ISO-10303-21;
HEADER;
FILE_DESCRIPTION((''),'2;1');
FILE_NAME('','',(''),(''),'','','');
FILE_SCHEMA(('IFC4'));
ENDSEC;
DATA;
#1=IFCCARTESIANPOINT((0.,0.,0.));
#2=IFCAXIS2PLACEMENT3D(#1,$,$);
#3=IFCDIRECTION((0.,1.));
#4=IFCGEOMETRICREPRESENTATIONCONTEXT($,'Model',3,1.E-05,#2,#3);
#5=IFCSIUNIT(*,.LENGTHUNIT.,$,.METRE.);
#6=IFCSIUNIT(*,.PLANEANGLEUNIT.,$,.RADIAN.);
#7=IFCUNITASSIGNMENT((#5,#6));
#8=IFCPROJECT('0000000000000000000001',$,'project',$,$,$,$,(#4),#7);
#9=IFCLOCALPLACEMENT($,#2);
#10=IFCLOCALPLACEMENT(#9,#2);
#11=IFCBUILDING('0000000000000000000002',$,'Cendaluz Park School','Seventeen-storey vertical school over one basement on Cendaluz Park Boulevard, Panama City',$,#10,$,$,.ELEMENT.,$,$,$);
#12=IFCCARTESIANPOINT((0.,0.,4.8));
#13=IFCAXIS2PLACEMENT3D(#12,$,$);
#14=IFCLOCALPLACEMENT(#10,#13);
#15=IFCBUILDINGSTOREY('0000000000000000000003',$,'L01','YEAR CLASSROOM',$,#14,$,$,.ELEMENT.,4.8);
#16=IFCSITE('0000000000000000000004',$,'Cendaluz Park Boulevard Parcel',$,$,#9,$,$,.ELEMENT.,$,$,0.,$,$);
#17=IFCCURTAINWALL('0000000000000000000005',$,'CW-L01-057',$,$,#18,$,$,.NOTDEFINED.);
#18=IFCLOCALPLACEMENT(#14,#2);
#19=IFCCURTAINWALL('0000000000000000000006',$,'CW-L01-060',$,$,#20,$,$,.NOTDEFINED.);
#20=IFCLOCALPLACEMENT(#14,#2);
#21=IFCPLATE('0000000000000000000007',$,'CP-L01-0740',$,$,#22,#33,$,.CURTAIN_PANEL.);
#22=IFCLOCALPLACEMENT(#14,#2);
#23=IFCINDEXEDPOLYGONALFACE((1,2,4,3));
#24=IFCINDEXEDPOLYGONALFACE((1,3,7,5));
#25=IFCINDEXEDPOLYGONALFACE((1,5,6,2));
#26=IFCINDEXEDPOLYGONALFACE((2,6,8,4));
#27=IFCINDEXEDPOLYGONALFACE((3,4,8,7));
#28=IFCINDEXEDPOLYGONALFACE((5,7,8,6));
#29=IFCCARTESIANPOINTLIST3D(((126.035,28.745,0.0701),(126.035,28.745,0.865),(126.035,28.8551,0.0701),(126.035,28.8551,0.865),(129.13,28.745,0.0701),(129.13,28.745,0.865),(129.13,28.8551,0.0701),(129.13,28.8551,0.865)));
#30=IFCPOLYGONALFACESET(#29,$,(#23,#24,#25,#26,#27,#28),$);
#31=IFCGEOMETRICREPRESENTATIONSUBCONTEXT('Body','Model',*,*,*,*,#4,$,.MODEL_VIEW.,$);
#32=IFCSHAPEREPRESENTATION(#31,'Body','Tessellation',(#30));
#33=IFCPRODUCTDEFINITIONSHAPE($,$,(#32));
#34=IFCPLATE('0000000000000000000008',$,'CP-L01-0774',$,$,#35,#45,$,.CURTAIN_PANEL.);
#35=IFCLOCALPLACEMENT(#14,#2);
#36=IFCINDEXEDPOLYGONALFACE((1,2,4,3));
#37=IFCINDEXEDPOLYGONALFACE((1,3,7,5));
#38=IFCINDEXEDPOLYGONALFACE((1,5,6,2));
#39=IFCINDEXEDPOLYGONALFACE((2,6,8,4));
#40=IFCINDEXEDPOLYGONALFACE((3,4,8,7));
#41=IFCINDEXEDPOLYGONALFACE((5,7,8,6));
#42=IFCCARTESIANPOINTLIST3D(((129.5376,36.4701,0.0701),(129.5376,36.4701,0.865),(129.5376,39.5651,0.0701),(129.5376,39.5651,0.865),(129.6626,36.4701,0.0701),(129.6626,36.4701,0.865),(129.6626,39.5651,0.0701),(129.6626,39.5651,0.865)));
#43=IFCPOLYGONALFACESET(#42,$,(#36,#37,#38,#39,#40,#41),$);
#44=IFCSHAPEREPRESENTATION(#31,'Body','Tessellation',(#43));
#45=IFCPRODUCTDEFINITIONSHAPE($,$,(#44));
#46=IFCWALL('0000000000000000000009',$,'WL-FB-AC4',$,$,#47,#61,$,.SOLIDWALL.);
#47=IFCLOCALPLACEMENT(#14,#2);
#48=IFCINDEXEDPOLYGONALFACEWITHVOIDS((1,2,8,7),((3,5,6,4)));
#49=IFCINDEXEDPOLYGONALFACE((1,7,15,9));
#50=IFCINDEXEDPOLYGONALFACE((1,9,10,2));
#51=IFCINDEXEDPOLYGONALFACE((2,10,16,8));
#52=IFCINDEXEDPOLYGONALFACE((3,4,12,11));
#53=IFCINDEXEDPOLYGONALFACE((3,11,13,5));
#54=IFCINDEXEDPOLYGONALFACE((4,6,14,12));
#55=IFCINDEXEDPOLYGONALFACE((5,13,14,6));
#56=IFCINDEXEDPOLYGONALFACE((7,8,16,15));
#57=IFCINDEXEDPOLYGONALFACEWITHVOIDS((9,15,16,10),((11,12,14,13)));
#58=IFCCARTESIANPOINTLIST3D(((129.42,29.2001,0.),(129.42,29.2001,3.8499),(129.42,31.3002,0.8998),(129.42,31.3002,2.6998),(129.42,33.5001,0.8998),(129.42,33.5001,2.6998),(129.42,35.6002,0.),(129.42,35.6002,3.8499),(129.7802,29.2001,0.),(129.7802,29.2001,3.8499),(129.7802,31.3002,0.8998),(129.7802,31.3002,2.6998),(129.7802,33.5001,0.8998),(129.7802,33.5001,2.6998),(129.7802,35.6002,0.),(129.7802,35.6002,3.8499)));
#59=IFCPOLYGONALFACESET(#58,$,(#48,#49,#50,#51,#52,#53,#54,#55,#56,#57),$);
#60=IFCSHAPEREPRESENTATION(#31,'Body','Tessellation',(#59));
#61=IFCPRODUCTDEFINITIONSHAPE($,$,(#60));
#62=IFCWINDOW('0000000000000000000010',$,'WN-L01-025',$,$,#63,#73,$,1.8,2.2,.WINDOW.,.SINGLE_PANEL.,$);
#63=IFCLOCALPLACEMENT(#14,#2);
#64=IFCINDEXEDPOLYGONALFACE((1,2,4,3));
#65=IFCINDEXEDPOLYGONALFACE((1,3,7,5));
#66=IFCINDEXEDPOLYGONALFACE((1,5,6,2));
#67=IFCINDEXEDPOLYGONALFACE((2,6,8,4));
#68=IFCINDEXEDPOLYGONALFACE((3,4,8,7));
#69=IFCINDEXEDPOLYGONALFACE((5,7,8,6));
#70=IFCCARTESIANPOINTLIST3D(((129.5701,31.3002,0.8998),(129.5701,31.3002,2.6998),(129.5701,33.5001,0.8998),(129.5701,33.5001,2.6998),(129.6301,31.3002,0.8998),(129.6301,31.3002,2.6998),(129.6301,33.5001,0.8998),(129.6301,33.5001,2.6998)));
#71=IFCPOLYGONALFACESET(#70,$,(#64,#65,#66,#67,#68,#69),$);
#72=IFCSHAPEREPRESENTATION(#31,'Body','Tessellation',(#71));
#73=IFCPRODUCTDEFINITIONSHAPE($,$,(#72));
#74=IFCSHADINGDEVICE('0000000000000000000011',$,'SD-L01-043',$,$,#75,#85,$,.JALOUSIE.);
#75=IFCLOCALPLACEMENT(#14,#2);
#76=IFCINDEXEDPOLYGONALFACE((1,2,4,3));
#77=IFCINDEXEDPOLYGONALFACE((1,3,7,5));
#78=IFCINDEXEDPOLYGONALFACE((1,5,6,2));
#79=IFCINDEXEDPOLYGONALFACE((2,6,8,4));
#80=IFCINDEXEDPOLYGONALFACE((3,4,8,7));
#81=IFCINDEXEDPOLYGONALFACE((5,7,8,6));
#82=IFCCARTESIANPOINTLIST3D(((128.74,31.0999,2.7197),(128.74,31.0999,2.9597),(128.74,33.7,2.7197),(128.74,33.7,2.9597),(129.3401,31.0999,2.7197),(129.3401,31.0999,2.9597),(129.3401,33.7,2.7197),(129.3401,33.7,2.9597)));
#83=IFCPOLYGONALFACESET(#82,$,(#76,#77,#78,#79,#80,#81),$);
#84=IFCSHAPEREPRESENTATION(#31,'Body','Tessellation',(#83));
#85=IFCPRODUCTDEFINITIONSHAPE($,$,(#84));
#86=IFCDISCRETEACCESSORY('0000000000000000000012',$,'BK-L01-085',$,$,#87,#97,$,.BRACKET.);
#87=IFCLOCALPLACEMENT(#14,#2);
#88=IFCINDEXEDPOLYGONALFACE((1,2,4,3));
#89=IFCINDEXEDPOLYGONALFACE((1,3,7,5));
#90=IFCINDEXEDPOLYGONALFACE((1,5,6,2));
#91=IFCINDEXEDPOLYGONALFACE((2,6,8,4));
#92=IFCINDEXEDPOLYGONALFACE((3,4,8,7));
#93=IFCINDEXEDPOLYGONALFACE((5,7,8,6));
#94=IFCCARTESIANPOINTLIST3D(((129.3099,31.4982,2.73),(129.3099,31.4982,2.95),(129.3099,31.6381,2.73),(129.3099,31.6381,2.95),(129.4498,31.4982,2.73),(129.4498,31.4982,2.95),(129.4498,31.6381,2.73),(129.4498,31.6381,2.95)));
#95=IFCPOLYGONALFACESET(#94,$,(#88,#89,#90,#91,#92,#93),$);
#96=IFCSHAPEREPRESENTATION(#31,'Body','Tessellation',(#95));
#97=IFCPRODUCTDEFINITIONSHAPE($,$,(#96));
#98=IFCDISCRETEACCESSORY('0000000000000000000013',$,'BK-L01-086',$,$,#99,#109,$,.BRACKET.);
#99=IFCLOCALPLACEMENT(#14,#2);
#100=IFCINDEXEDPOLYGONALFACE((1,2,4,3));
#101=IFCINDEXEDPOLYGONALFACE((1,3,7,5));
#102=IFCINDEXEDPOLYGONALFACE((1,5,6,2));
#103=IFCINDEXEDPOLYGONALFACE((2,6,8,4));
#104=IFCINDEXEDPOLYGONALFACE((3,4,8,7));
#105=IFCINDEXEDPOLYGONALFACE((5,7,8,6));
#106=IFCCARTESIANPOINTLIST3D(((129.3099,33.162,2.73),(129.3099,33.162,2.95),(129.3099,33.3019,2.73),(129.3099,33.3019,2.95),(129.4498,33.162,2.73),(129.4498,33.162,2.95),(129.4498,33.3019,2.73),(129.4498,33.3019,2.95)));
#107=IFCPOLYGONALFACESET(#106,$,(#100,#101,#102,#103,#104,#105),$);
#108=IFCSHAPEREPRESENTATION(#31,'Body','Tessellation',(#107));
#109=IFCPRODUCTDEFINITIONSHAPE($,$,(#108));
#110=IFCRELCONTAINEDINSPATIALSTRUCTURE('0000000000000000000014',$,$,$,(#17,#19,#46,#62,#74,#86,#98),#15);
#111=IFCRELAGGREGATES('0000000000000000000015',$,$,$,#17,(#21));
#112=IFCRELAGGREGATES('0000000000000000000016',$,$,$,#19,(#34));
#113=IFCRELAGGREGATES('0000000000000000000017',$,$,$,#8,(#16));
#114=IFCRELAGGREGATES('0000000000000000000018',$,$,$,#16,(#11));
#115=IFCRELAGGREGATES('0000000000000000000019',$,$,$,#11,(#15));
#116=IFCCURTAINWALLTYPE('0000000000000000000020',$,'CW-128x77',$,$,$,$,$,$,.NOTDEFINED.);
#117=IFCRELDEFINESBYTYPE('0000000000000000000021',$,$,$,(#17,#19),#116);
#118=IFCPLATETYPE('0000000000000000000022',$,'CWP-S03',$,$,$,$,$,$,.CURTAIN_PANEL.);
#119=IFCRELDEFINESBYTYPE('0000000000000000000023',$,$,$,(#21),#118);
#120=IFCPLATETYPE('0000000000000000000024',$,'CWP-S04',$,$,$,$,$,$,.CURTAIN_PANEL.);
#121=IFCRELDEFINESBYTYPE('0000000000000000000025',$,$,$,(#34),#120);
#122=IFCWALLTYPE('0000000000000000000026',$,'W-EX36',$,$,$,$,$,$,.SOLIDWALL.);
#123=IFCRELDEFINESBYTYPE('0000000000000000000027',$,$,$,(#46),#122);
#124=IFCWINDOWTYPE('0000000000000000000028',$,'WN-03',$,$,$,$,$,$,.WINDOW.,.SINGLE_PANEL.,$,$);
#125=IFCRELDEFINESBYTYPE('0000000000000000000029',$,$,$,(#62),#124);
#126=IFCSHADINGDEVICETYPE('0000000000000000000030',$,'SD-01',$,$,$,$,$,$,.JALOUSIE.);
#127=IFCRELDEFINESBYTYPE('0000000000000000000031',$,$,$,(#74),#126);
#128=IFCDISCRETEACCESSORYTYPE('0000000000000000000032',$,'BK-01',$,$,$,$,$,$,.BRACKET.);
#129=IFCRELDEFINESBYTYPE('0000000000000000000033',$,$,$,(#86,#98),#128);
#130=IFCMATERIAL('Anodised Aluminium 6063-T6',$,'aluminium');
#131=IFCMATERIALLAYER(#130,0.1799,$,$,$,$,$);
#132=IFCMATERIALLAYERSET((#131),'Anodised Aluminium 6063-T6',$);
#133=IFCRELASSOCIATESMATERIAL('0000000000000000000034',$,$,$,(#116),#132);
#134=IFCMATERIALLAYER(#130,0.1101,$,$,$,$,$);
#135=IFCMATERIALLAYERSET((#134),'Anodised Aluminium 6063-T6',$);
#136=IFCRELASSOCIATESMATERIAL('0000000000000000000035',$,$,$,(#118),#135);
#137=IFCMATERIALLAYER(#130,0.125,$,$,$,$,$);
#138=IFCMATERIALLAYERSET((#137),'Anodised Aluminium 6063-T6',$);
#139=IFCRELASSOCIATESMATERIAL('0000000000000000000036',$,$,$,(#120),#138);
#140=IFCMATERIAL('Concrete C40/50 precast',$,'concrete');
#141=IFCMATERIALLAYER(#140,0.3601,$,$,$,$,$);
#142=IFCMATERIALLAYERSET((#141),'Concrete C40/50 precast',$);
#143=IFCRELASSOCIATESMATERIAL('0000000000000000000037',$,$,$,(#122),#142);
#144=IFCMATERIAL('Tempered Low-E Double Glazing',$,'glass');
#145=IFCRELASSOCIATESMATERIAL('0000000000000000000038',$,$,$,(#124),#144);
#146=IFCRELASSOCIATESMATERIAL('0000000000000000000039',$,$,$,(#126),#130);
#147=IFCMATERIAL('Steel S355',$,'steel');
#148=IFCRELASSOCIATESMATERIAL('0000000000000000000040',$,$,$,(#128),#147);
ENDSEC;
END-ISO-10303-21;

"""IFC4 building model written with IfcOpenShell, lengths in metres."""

from ifc_helpers import new_model, si_unit, direction, frame, frame_2d, origin, origin_2d, place, context, subcontext, project, spatial, rectangle, extrude, material, layer, layer_set, type_object, element, fill, aggregate, save


model = new_model("IFC4")

# Units and contexts
model_context = context("Model", 3, precision=1e-05, world=origin(), true_north=direction((0.0, 1.0)))
body_context = subcontext(model_context, "Body", "Model", "MODEL_VIEW")
ifc_project = project(units=[si_unit("LENGTHUNIT", "METRE"), si_unit("PLANEANGLEUNIT", "RADIAN")], contexts=[model_context])

# Site, building, storey
site_placement = place(None, origin())
site = spatial("IfcSite", under=ifc_project, at=site_placement, Name="Cendaluz Park Boulevard Parcel", CompositionType="ELEMENT", RefElevation=0.0)
building_placement = place(site_placement, origin())
building = spatial("IfcBuilding", under=site, at=building_placement, Name="Cendaluz Park School", Description="Seventeen-storey vertical school over one basement on Cendaluz Park Boulevard, Panama City", CompositionType="ELEMENT")
storey_placement = place(building_placement, frame((0.0, 0.0, 4.8)))
storey = spatial("IfcBuildingStorey", under=building, at=storey_placement, Name="L01", Description="YEAR CLASSROOM", CompositionType="ELEMENT", Elevation=4.8)

# Curtain wall
ifc_material_1 = material(Name="Anodised Aluminium 6063-T6", Category="aluminium")
ifc_layer_1 = layer(ifc_material_1, 0.1799)
ifc_layer_set_1 = layer_set([ifc_layer_1], Name="Anodised Aluminium 6063-T6")
curtain_wall_type = type_object("IfcCurtainWallType", Name="CW-128x77", PredefinedType="NOTDEFINED", material=ifc_layer_set_1)
curtain_wall_1_placement = place(storey_placement, origin())
curtain_wall_1 = element("IfcCurtainWall", 1, at=curtain_wall_1_placement, inside=storey, type_object=curtain_wall_type, Name="CW-L01-057", PredefinedType="NOTDEFINED")

# Curtain wall
curtain_wall_2_placement = place(storey_placement, origin())
curtain_wall_2 = element("IfcCurtainWall", 2, at=curtain_wall_2_placement, inside=storey, type_object=curtain_wall_type, Name="CW-L01-060", PredefinedType="NOTDEFINED")
ifc_material_2 = material(Name="Tempered Low-E Double Glazing", Category="glass")

# Plates
ifc_layer_2 = layer(ifc_material_1, 0.1101)
ifc_layer_set_2 = layer_set([ifc_layer_2], Name="Anodised Aluminium 6063-T6")
plate_type_1 = type_object("IfcPlateType", Name="CWP-S03", PredefinedType="CURTAIN_PANEL", material=ifc_layer_set_2)
plate_1_placement = place(storey_placement, frame((127.5825, 28.8, 0.0701), z_axis=(0.0, 0.0, 1.0), x_axis=(1.0, 0.0, 0.0)))
plate_1 = element("IfcPlate", 3, at=plate_1_placement, type_object=plate_type_1, Name="CP-L01-0740", PredefinedType="CURTAIN_PANEL", context=body_context, shape_type="SweptSolid", body=[
    extrude(rectangle(XDim=3.095, YDim=0.1101, at=origin_2d()), origin(), (0.0, 0.0, 1.0), 0.7949),
])
aggregate(curtain_wall_1, [plate_1])
ifc_layer_3 = layer(ifc_material_1, 0.125)
ifc_layer_set_3 = layer_set([ifc_layer_3], Name="Anodised Aluminium 6063-T6")
plate_type_2 = type_object("IfcPlateType", Name="CWP-S04", PredefinedType="CURTAIN_PANEL", material=ifc_layer_set_3)
plate_2_placement = place(storey_placement, frame((129.6001, 38.0176, 0.0701), z_axis=(0.0, 0.0, 1.0), x_axis=(0.0, 1.0, 0.0)))
plate_2 = element("IfcPlate", 4, at=plate_2_placement, type_object=plate_type_2, Name="CP-L01-0774", PredefinedType="CURTAIN_PANEL", context=body_context, shape_type="SweptSolid", body=[
    extrude(rectangle(XDim=3.095, YDim=0.125, at=origin_2d()), origin(), (0.0, 0.0, 1.0), 0.7949),
])
aggregate(curtain_wall_2, [plate_2])

# Wall, opening, window
ifc_material_3 = material(Name="Concrete C40/50 precast", Category="concrete")
ifc_layer_4 = layer(ifc_material_3, 0.3601)
ifc_layer_set_4 = layer_set([ifc_layer_4], Name="Concrete C40/50 precast")
wall_type = type_object("IfcWallType", Name="W-EX36", PredefinedType="SOLIDWALL", material=ifc_layer_set_4)
wall_placement = place(storey_placement, frame((129.6001, 29.2, 0.0), z_axis=(0.0, 0.0, 1.0), x_axis=(0.0, 1.0, 0.0)))
wall = element("IfcWall", 5, at=wall_placement, inside=storey, type_object=wall_type, Name="WL-FB-AC4", PredefinedType="SOLIDWALL", context=body_context, shape_type="SweptSolid", body=[
    extrude(rectangle(XDim=6.4001, YDim=0.3601, at=frame_2d((3.2002, 0.0))), origin(), (0.0, 0.0, 1.0), 3.8499),
])
opening_placement = place(wall_placement, frame((2.1001, 0.0, 0.8999)))
opening = element("IfcOpeningElement", 6, at=opening_placement, cuts=wall, PredefinedType="OPENING", context=body_context, shape_type="SweptSolid", body=[
    extrude(rectangle(XDim=2.2, YDim=1.8, at=frame_2d((1.1001, 0.8999))), frame((0.0, 0.1921, 0.0), z_axis=(0.0, -1.0, 0.0), x_axis=(1.0, 0.0, 0.0)), (0.0, 0.0, 1.0), 0.384),
])
window_type = type_object("IfcWindowType", Name="WN-03", PartitioningType="SINGLE_PANEL", PredefinedType="WINDOW", material=ifc_material_2)
window_placement = place(opening_placement, origin())
window = element("IfcWindow", 7, at=window_placement, inside=storey, type_object=window_type, Name="WN-L01-025", OverallHeight=1.8, OverallWidth=2.2, PartitioningType="SINGLE_PANEL", PredefinedType="WINDOW", context=body_context, shape_type="SweptSolid", body=[
    extrude(rectangle(XDim=2.2, YDim=1.8, at=frame_2d((1.1001, 0.8999))), frame((0.0, 0.03, 0.0), z_axis=(0.0, -1.0, 0.0), x_axis=(1.0, 0.0, 0.0)), (0.0, 0.0, 1.0), 0.0601),
])
fill(opening, window)

# Shading device
shading_device_type = type_object("IfcShadingDeviceType", Name="SD-01", PredefinedType="JALOUSIE", material=ifc_material_1)
shading_device_placement = place(storey_placement, frame((129.04, 32.3999, 2.7197), z_axis=(0.0, 0.0, 1.0), x_axis=(0.0, 1.0, 0.0)))
element("IfcShadingDevice", 8, at=shading_device_placement, inside=storey, type_object=shading_device_type, Name="SD-L01-043", PredefinedType="JALOUSIE", context=body_context, shape_type="SweptSolid", body=[
    extrude(rectangle(XDim=2.6001, YDim=0.6001, at=origin_2d()), origin(), (0.0, 0.0, 1.0), 0.24),
])

# Discrete accessories
ifc_material_4 = material(Name="Steel S355", Category="steel")
discrete_accessory_type = type_object("IfcDiscreteAccessoryType", Name="BK-01", PredefinedType="BRACKET", material=ifc_material_4)
for number, where, z_axis, x_axis, name in (
    (9, (129.3799, 31.5681, 2.73), (0.0, 0.0, 1.0), (0.0, 1.0, 0.0), "BK-L01-085"),
    (10, (129.3799, 33.2319, 2.73), (0.0, 0.0, 1.0), (0.0, 1.0, 0.0), "BK-L01-086"),
):
    element("IfcDiscreteAccessory", number, at=place(storey_placement, frame(where, z_axis=z_axis, x_axis=x_axis)), inside=storey, type_object=discrete_accessory_type, Name=name, PredefinedType="BRACKET", context=body_context, shape_type="SweptSolid", body=[
        extrude(rectangle(XDim=0.1399, YDim=0.1399, at=origin_2d()), origin(), (0.0, 0.0, 1.0), 0.22),
    ])

save(model, "model.ifc")
